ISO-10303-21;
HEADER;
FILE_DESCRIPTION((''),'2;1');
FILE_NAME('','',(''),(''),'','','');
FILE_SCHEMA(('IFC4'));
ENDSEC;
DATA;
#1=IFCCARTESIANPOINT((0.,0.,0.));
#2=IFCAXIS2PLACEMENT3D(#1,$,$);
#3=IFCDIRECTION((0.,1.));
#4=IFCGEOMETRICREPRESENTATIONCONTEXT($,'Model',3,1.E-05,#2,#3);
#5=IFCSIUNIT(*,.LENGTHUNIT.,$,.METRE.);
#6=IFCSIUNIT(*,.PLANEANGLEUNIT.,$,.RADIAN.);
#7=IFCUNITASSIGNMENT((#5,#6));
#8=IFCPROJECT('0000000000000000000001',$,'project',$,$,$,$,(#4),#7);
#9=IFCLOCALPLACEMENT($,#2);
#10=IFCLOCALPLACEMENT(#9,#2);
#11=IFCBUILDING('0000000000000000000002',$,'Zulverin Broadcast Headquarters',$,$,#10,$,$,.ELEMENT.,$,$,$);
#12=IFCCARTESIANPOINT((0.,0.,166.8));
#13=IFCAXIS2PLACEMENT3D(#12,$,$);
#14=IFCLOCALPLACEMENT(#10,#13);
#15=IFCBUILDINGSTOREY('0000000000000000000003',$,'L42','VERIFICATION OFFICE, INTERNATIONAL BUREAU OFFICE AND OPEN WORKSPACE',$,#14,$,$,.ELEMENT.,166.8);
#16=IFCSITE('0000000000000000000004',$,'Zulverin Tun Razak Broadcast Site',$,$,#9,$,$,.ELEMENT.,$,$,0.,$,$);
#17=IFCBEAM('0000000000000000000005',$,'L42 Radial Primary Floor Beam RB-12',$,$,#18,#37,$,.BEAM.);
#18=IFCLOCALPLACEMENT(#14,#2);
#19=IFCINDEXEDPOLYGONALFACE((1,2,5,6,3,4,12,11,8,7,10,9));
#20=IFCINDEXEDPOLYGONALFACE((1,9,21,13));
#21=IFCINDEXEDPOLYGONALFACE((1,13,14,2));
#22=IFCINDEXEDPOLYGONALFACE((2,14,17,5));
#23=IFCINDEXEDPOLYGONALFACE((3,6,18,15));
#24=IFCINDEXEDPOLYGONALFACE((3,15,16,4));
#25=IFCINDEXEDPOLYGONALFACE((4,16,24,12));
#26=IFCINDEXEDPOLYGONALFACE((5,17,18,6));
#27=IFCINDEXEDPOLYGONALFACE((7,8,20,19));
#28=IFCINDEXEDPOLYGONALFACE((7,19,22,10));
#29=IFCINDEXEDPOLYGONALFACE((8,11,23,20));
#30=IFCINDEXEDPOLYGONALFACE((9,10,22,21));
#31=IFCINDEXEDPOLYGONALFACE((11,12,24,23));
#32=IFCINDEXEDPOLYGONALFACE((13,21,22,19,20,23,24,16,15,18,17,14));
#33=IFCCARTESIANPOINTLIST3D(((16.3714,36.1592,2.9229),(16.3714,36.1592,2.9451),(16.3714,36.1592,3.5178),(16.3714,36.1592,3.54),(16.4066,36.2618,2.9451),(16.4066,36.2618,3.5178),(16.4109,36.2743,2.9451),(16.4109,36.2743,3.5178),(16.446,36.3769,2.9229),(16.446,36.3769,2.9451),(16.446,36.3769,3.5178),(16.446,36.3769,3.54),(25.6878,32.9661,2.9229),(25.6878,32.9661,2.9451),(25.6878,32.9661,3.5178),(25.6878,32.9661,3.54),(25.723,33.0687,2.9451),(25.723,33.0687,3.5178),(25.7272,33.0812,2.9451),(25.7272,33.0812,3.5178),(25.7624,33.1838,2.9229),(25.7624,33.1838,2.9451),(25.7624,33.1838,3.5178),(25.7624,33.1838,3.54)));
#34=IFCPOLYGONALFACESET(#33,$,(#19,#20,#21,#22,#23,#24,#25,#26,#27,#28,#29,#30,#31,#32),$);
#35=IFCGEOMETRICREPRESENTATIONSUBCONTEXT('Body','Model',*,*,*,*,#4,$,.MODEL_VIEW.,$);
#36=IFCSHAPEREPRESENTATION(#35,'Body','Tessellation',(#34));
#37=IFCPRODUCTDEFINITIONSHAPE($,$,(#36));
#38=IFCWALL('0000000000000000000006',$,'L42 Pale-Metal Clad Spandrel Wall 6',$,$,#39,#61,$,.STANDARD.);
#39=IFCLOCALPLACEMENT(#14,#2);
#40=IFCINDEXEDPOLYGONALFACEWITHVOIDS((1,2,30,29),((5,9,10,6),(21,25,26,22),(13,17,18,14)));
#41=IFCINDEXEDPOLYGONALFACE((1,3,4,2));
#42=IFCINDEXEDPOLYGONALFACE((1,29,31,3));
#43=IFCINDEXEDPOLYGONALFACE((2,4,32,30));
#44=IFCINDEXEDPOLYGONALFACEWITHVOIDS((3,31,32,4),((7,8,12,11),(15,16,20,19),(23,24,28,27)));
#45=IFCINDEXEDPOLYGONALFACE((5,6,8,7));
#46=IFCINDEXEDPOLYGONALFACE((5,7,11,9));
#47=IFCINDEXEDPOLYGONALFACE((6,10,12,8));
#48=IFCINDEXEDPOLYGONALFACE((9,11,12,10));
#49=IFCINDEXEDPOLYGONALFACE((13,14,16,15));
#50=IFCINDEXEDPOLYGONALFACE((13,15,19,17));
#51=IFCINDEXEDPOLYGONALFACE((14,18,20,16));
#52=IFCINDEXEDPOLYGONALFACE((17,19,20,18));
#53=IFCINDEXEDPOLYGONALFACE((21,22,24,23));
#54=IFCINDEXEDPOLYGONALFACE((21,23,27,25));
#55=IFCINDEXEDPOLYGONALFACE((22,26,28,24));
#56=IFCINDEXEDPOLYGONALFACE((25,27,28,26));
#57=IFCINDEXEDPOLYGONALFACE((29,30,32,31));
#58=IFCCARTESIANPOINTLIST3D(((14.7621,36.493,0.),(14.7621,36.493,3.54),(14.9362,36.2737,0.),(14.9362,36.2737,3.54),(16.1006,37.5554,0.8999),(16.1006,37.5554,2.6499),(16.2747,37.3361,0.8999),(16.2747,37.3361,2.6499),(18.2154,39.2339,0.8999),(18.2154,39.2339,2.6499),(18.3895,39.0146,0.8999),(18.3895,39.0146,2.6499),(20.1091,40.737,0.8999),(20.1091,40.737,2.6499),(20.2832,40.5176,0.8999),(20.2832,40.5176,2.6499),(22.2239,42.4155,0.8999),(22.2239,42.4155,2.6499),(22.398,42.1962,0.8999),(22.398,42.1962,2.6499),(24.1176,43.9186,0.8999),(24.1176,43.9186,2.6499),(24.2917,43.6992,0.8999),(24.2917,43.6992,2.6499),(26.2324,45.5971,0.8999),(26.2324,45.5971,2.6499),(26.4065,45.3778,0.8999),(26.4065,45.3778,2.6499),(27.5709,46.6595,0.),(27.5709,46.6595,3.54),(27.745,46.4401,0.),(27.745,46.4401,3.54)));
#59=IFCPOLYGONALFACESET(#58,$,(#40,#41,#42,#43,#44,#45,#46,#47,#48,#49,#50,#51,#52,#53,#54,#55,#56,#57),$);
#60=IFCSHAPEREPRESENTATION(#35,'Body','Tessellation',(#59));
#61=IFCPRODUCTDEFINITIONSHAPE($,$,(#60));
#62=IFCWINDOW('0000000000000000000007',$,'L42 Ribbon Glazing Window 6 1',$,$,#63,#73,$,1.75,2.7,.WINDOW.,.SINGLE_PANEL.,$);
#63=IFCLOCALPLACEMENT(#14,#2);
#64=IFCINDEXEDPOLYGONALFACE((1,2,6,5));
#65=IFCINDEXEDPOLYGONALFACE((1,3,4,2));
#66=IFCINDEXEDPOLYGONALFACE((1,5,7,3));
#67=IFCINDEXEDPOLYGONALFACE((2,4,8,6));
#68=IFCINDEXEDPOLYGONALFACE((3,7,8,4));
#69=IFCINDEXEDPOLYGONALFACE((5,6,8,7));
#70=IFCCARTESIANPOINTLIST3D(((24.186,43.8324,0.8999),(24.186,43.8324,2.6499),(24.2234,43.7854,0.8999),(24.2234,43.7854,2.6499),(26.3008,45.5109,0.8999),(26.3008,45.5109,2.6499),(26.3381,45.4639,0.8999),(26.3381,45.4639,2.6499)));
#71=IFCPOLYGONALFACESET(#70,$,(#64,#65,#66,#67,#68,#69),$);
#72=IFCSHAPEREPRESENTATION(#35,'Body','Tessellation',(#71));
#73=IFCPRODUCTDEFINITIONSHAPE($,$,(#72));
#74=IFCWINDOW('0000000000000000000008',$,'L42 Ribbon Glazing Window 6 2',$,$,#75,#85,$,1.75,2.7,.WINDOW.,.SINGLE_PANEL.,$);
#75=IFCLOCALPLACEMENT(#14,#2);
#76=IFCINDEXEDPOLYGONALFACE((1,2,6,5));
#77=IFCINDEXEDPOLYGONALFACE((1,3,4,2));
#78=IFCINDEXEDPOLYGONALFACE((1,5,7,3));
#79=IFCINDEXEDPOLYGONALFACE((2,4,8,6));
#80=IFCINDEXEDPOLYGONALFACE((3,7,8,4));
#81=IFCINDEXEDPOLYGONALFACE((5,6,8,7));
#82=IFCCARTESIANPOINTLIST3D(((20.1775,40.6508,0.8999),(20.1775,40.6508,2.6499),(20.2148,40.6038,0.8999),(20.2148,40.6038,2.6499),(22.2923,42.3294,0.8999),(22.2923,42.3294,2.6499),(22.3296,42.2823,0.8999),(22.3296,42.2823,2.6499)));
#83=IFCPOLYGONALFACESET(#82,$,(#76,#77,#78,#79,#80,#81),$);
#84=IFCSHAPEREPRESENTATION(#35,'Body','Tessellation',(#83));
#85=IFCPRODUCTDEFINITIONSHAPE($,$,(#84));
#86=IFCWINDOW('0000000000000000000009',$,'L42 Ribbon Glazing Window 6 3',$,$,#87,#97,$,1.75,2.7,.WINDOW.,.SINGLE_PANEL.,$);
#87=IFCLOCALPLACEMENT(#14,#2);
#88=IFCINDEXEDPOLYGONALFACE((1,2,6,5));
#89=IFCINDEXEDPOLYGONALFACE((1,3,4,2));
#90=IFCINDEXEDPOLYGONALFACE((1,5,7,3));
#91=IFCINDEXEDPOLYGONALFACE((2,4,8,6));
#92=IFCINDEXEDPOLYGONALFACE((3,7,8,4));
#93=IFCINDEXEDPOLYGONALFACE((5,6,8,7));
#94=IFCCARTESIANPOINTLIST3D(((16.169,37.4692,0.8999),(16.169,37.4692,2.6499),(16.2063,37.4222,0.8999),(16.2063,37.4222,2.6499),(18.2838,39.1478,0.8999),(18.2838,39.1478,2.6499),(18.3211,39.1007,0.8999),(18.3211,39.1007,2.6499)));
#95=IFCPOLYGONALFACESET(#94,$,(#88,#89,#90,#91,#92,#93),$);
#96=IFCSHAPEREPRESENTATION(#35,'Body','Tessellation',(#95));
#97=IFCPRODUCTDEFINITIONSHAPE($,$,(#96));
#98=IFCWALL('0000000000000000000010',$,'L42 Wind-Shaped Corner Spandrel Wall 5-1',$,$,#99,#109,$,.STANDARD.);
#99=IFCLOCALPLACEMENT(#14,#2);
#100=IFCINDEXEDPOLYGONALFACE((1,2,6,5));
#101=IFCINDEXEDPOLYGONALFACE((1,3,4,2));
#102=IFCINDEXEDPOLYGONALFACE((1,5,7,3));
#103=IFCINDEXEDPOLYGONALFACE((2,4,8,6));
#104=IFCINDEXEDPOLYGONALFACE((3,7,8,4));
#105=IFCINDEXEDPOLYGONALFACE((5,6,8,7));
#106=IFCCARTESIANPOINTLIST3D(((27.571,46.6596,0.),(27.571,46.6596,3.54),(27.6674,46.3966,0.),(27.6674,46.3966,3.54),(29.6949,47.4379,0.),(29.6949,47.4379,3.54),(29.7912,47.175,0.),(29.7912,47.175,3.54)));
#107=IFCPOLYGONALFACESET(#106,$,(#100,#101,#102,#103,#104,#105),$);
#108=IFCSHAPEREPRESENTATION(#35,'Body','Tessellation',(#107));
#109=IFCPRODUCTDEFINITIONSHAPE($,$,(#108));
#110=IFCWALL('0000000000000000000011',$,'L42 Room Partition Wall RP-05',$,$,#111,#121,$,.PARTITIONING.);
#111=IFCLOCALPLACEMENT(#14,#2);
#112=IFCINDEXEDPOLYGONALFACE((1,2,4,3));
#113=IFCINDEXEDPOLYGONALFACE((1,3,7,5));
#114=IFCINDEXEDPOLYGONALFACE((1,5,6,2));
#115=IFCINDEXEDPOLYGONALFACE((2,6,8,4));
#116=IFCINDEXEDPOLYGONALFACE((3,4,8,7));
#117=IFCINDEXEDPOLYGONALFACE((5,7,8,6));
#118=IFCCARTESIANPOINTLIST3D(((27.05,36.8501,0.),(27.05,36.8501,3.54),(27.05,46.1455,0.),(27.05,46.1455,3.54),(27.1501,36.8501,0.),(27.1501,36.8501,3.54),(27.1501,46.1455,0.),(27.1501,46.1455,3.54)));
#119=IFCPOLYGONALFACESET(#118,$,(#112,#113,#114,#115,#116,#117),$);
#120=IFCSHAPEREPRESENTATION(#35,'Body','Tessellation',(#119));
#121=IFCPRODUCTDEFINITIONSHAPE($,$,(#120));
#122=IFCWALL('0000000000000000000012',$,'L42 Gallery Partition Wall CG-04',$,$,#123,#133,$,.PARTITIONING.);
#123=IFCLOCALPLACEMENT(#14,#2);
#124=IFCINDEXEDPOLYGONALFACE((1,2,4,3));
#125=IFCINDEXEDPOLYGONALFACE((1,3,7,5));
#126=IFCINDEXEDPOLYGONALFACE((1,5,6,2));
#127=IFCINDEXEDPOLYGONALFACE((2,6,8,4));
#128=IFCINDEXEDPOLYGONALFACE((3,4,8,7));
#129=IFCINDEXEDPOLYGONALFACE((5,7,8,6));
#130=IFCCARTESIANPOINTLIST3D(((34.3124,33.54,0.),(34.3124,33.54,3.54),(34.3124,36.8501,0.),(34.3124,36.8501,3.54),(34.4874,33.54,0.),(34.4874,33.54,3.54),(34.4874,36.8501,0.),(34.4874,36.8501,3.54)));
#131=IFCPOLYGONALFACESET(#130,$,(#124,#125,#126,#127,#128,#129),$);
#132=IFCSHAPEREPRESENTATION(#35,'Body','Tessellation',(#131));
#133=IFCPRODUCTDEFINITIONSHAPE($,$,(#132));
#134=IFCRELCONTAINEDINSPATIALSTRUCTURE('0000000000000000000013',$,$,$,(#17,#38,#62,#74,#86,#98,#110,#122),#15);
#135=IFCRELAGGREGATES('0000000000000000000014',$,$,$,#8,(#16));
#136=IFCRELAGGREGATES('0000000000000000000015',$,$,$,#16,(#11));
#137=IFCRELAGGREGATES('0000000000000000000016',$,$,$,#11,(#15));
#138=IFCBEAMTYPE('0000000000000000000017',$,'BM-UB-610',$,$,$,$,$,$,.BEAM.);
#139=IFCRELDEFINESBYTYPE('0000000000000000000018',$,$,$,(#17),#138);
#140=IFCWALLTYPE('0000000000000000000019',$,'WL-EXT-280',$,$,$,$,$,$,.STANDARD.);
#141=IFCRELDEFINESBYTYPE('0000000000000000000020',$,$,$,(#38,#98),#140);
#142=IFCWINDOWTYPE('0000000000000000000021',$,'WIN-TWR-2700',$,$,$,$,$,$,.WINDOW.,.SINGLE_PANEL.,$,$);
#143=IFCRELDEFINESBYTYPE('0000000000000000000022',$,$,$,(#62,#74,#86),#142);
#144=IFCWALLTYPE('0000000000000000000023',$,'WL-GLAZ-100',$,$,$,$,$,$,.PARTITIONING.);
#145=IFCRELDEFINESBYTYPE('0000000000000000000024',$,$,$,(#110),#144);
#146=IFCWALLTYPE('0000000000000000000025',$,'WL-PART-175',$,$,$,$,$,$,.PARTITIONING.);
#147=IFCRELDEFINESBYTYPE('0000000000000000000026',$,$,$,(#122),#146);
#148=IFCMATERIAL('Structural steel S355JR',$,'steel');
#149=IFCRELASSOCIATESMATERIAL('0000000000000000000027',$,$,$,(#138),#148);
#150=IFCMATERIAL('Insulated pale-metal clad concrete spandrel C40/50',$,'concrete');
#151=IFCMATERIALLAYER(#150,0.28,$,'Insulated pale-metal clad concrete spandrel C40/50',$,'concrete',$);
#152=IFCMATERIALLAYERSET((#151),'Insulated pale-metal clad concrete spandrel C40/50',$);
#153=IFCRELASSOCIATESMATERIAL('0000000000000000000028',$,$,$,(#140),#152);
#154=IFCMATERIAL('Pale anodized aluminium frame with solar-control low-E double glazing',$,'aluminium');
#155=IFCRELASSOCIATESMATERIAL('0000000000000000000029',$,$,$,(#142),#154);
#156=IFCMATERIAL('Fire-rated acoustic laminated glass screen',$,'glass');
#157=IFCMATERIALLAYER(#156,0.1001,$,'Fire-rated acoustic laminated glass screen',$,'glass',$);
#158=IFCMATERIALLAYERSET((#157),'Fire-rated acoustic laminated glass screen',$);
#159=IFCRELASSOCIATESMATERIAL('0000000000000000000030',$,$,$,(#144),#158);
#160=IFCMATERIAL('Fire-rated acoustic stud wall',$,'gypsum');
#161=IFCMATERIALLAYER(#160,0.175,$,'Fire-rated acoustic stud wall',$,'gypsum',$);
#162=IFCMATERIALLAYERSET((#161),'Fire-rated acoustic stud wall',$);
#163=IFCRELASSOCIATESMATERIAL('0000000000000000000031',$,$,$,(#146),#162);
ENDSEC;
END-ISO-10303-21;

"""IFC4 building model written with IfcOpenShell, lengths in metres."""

from ifc_helpers import new_model, si_unit, direction, frame, frame_2d, origin, origin_2d, place, context, subcontext, project, spatial, rectangle, i_section, extrude, material, layer, layer_set, material_profile, profile_set, type_object, element, fill, save


model = new_model("IFC4")

# Units and contexts
model_context = context("Model", 3, precision=1e-05, world=origin(), true_north=direction((0.0, 1.0)))
body_context = subcontext(model_context, "Body", "Model", "MODEL_VIEW")
ifc_project = project(units=[si_unit("LENGTHUNIT", "METRE"), si_unit("PLANEANGLEUNIT", "RADIAN")], contexts=[model_context])

# Site, building, storey
site_placement = place(None, origin())
site = spatial("IfcSite", under=ifc_project, at=site_placement, Name="Zulverin Tun Razak Broadcast Site", CompositionType="ELEMENT", RefElevation=0.0)
building_placement = place(site_placement, origin())
building = spatial("IfcBuilding", under=site, at=building_placement, Name="Zulverin Broadcast Headquarters", CompositionType="ELEMENT")
storey_placement = place(building_placement, frame((0.0, 0.0, 166.8)))
storey = spatial("IfcBuildingStorey", under=building, at=storey_placement, Name="L42", Description="VERIFICATION OFFICE, INTERNATIONAL BUREAU OFFICE AND OPEN WORKSPACE", CompositionType="ELEMENT", Elevation=166.8)

# Beam
ifc_material_1 = material(Name="Structural steel S355JR", Category="steel")
ifc_material_profile_1 = material_profile(ifc_material_1, i_section(OverallWidth=0.2302, OverallDepth=0.6172, WebThickness=0.0132, FlangeThickness=0.0222, at=origin_2d()), Name="Structural steel S355JR", Category="steel")
ifc_profile_set_1 = profile_set([ifc_material_profile_1], Name="Structural steel S355JR")
beam_type_1 = type_object("IfcBeamType", Name="BM-UB-610", PredefinedType="BEAM", material=ifc_profile_set_1)
beam_1_placement = place(storey_placement, frame((25.7251, 33.075, 3.2314), z_axis=(-0.94598, 0.324226, 0.0), x_axis=(-0.324226, -0.94598, 0.0)))
element("IfcBeam", 1, at=beam_1_placement, inside=storey, type_object=beam_type_1, Name="L42 Radial Primary Floor Beam RB-12", PredefinedType="BEAM", context=body_context, shape_type="SweptSolid", body=[
    extrude(i_section(OverallWidth=0.2302, OverallDepth=0.6172, WebThickness=0.0132, FlangeThickness=0.0222, at=origin_2d()), origin(), (0.0, 0.0, 1.0), 9.8484),
])

# Wall, openings, windows
ifc_material_2 = material(Name="Insulated pale-metal clad concrete spandrel C40/50", Category="concrete")
ifc_layer_1 = layer(ifc_material_2, 0.28, Name="Insulated pale-metal clad concrete spandrel C40/50", Category="concrete")
ifc_layer_set_1 = layer_set([ifc_layer_1], Name="Insulated pale-metal clad concrete spandrel C40/50")
wall_type_1 = type_object("IfcWallType", Name="WL-EXT-280", PredefinedType="STANDARD", material=ifc_layer_set_1)
wall_1_placement = place(storey_placement, frame((27.658, 46.5498, 0.0), z_axis=(0.0, 0.0, 1.0), x_axis=(-0.783266, -0.621686, 0.0)))
wall_1 = element("IfcWall", 2, at=wall_1_placement, inside=storey, type_object=wall_type_1, Name="L42 Pale-Metal Clad Spandrel Wall 6", PredefinedType="STANDARD", context=body_context, shape_type="SweptSolid", body=[
    extrude(rectangle(XDim=16.353, YDim=0.28, at=frame_2d((8.1765, 0.0))), origin(), (0.0, 0.0, 1.0), 3.54),
])
opening_1_placement = place(wall_1_placement, frame((1.7087, 0.0, 0.8999)))
opening_1 = element("IfcOpeningElement", 3, at=opening_1_placement, cuts=wall_1, PredefinedType="OPENING", context=body_context, shape_type="SweptSolid", body=[
    extrude(rectangle(XDim=2.7, YDim=1.75, at=frame_2d((1.3501, 0.875))), frame((0.0, 0.1499, 0.0), z_axis=(0.0, -1.0, 0.0), x_axis=(1.0, 0.0, 0.0)), (0.0, 0.0, 1.0), 0.3),
])
opening_2_placement = place(wall_1_placement, frame((6.8264, 0.0, 0.8999)))
opening_2 = element("IfcOpeningElement", 4, at=opening_2_placement, cuts=wall_1, PredefinedType="OPENING", context=body_context, shape_type="SweptSolid", body=[
    extrude(rectangle(XDim=2.7, YDim=1.75, at=frame_2d((1.3501, 0.875))), frame((0.0, 0.1499, 0.0), z_axis=(0.0, -1.0, 0.0), x_axis=(1.0, 0.0, 0.0)), (0.0, 0.0, 1.0), 0.3),
])
opening_3_placement = place(wall_1_placement, frame((11.9441, 0.0, 0.8999)))
opening_3 = element("IfcOpeningElement", 5, at=opening_3_placement, cuts=wall_1, PredefinedType="OPENING", context=body_context, shape_type="SweptSolid", body=[
    extrude(rectangle(XDim=2.7, YDim=1.75, at=frame_2d((1.3501, 0.875))), frame((0.0, 0.1499, 0.0), z_axis=(0.0, -1.0, 0.0), x_axis=(1.0, 0.0, 0.0)), (0.0, 0.0, 1.0), 0.3),
])
ifc_material_3 = material(Name="Pale anodized aluminium frame with solar-control low-E double glazing", Category="aluminium")
window_type = type_object("IfcWindowType", Name="WIN-TWR-2700", PartitioningType="SINGLE_PANEL", PredefinedType="WINDOW", material=ifc_material_3)
window_1_placement = place(opening_1_placement, origin())
window_1 = element("IfcWindow", 6, at=window_1_placement, inside=storey, type_object=window_type, Name="L42 Ribbon Glazing Window 6 1", OverallHeight=1.75, OverallWidth=2.7, PartitioningType="SINGLE_PANEL", PredefinedType="WINDOW", context=body_context, shape_type="SweptSolid", body=[
    extrude(rectangle(XDim=2.7, YDim=1.75, at=frame_2d((1.3501, 0.875))), frame((0.0, 0.03, 0.0), z_axis=(0.0, -1.0, 0.0), x_axis=(1.0, 0.0, 0.0)), (0.0, 0.0, 1.0), 0.0601),
])
fill(opening_1, window_1)
window_2_placement = place(opening_2_placement, origin())
window_2 = element("IfcWindow", 7, at=window_2_placement, inside=storey, type_object=window_type, Name="L42 Ribbon Glazing Window 6 2", OverallHeight=1.75, OverallWidth=2.7, PartitioningType="SINGLE_PANEL", PredefinedType="WINDOW", context=body_context, shape_type="SweptSolid", body=[
    extrude(rectangle(XDim=2.7, YDim=1.75, at=frame_2d((1.3501, 0.875))), frame((0.0, 0.03, 0.0), z_axis=(0.0, -1.0, 0.0), x_axis=(1.0, 0.0, 0.0)), (0.0, 0.0, 1.0), 0.0601),
])
fill(opening_2, window_2)
window_3_placement = place(opening_3_placement, origin())
window_3 = element("IfcWindow", 8, at=window_3_placement, inside=storey, type_object=window_type, Name="L42 Ribbon Glazing Window 6 3", OverallHeight=1.75, OverallWidth=2.7, PartitioningType="SINGLE_PANEL", PredefinedType="WINDOW", context=body_context, shape_type="SweptSolid", body=[
    extrude(rectangle(XDim=2.7, YDim=1.75, at=frame_2d((1.3501, 0.875))), frame((0.0, 0.03, 0.0), z_axis=(0.0, -1.0, 0.0), x_axis=(1.0, 0.0, 0.0)), (0.0, 0.0, 1.0), 0.0601),
])
fill(opening_3, window_3)

# Walls
wall_2_placement = place(storey_placement, frame((29.7429, 47.3064, 0.0), z_axis=(0.0, 0.0, 1.0), x_axis=(-0.938933, -0.344099, 0.0)))
element("IfcWall", 9, at=wall_2_placement, inside=storey, type_object=wall_type_1, Name="L42 Wind-Shaped Corner Spandrel Wall 5-1", PredefinedType="STANDARD", context=body_context, shape_type="SweptSolid", body=[
    extrude(rectangle(XDim=2.262, YDim=0.28, at=frame_2d((1.1309, 0.0))), origin(), (0.0, 0.0, 1.0), 3.54),
])
ifc_material_4 = material(Name="Fire-rated acoustic laminated glass screen", Category="glass")
ifc_layer_2 = layer(ifc_material_4, 0.1001, Name="Fire-rated acoustic laminated glass screen", Category="glass")
ifc_layer_set_2 = layer_set([ifc_layer_2], Name="Fire-rated acoustic laminated glass screen")
wall_type_2 = type_object("IfcWallType", Name="WL-GLAZ-100", PredefinedType="PARTITIONING", material=ifc_layer_set_2)
wall_3_placement = place(storey_placement, frame((27.1001, 36.8501, 0.0), z_axis=(0.0, 0.0, 1.0), x_axis=(0.0, 1.0, 0.0)))
element("IfcWall", 10, at=wall_3_placement, inside=storey, type_object=wall_type_2, Name="L42 Room Partition Wall RP-05", PredefinedType="PARTITIONING", context=body_context, shape_type="SweptSolid", body=[
    extrude(rectangle(XDim=9.2954, YDim=0.1001, at=frame_2d((4.6477, 0.0))), origin(), (0.0, 0.0, 1.0), 3.54),
])
ifc_material_5 = material(Name="Fire-rated acoustic stud wall", Category="gypsum")
ifc_layer_3 = layer(ifc_material_5, 0.175, Name="Fire-rated acoustic stud wall", Category="gypsum")
ifc_layer_set_3 = layer_set([ifc_layer_3], Name="Fire-rated acoustic stud wall")
wall_type_3 = type_object("IfcWallType", Name="WL-PART-175", PredefinedType="PARTITIONING", material=ifc_layer_set_3)
wall_4_placement = place(storey_placement, frame((34.3999, 33.54, 0.0), z_axis=(0.0, 0.0, 1.0), x_axis=(0.0, 1.0, 0.0)))
element("IfcWall", 11, at=wall_4_placement, inside=storey, type_object=wall_type_3, Name="L42 Gallery Partition Wall CG-04", PredefinedType="PARTITIONING", context=body_context, shape_type="SweptSolid", body=[
    extrude(rectangle(XDim=3.3101, YDim=0.175, at=frame_2d((1.655, 0.0))), origin(), (0.0, 0.0, 1.0), 3.54),
])

save(model, "model.ifc")
